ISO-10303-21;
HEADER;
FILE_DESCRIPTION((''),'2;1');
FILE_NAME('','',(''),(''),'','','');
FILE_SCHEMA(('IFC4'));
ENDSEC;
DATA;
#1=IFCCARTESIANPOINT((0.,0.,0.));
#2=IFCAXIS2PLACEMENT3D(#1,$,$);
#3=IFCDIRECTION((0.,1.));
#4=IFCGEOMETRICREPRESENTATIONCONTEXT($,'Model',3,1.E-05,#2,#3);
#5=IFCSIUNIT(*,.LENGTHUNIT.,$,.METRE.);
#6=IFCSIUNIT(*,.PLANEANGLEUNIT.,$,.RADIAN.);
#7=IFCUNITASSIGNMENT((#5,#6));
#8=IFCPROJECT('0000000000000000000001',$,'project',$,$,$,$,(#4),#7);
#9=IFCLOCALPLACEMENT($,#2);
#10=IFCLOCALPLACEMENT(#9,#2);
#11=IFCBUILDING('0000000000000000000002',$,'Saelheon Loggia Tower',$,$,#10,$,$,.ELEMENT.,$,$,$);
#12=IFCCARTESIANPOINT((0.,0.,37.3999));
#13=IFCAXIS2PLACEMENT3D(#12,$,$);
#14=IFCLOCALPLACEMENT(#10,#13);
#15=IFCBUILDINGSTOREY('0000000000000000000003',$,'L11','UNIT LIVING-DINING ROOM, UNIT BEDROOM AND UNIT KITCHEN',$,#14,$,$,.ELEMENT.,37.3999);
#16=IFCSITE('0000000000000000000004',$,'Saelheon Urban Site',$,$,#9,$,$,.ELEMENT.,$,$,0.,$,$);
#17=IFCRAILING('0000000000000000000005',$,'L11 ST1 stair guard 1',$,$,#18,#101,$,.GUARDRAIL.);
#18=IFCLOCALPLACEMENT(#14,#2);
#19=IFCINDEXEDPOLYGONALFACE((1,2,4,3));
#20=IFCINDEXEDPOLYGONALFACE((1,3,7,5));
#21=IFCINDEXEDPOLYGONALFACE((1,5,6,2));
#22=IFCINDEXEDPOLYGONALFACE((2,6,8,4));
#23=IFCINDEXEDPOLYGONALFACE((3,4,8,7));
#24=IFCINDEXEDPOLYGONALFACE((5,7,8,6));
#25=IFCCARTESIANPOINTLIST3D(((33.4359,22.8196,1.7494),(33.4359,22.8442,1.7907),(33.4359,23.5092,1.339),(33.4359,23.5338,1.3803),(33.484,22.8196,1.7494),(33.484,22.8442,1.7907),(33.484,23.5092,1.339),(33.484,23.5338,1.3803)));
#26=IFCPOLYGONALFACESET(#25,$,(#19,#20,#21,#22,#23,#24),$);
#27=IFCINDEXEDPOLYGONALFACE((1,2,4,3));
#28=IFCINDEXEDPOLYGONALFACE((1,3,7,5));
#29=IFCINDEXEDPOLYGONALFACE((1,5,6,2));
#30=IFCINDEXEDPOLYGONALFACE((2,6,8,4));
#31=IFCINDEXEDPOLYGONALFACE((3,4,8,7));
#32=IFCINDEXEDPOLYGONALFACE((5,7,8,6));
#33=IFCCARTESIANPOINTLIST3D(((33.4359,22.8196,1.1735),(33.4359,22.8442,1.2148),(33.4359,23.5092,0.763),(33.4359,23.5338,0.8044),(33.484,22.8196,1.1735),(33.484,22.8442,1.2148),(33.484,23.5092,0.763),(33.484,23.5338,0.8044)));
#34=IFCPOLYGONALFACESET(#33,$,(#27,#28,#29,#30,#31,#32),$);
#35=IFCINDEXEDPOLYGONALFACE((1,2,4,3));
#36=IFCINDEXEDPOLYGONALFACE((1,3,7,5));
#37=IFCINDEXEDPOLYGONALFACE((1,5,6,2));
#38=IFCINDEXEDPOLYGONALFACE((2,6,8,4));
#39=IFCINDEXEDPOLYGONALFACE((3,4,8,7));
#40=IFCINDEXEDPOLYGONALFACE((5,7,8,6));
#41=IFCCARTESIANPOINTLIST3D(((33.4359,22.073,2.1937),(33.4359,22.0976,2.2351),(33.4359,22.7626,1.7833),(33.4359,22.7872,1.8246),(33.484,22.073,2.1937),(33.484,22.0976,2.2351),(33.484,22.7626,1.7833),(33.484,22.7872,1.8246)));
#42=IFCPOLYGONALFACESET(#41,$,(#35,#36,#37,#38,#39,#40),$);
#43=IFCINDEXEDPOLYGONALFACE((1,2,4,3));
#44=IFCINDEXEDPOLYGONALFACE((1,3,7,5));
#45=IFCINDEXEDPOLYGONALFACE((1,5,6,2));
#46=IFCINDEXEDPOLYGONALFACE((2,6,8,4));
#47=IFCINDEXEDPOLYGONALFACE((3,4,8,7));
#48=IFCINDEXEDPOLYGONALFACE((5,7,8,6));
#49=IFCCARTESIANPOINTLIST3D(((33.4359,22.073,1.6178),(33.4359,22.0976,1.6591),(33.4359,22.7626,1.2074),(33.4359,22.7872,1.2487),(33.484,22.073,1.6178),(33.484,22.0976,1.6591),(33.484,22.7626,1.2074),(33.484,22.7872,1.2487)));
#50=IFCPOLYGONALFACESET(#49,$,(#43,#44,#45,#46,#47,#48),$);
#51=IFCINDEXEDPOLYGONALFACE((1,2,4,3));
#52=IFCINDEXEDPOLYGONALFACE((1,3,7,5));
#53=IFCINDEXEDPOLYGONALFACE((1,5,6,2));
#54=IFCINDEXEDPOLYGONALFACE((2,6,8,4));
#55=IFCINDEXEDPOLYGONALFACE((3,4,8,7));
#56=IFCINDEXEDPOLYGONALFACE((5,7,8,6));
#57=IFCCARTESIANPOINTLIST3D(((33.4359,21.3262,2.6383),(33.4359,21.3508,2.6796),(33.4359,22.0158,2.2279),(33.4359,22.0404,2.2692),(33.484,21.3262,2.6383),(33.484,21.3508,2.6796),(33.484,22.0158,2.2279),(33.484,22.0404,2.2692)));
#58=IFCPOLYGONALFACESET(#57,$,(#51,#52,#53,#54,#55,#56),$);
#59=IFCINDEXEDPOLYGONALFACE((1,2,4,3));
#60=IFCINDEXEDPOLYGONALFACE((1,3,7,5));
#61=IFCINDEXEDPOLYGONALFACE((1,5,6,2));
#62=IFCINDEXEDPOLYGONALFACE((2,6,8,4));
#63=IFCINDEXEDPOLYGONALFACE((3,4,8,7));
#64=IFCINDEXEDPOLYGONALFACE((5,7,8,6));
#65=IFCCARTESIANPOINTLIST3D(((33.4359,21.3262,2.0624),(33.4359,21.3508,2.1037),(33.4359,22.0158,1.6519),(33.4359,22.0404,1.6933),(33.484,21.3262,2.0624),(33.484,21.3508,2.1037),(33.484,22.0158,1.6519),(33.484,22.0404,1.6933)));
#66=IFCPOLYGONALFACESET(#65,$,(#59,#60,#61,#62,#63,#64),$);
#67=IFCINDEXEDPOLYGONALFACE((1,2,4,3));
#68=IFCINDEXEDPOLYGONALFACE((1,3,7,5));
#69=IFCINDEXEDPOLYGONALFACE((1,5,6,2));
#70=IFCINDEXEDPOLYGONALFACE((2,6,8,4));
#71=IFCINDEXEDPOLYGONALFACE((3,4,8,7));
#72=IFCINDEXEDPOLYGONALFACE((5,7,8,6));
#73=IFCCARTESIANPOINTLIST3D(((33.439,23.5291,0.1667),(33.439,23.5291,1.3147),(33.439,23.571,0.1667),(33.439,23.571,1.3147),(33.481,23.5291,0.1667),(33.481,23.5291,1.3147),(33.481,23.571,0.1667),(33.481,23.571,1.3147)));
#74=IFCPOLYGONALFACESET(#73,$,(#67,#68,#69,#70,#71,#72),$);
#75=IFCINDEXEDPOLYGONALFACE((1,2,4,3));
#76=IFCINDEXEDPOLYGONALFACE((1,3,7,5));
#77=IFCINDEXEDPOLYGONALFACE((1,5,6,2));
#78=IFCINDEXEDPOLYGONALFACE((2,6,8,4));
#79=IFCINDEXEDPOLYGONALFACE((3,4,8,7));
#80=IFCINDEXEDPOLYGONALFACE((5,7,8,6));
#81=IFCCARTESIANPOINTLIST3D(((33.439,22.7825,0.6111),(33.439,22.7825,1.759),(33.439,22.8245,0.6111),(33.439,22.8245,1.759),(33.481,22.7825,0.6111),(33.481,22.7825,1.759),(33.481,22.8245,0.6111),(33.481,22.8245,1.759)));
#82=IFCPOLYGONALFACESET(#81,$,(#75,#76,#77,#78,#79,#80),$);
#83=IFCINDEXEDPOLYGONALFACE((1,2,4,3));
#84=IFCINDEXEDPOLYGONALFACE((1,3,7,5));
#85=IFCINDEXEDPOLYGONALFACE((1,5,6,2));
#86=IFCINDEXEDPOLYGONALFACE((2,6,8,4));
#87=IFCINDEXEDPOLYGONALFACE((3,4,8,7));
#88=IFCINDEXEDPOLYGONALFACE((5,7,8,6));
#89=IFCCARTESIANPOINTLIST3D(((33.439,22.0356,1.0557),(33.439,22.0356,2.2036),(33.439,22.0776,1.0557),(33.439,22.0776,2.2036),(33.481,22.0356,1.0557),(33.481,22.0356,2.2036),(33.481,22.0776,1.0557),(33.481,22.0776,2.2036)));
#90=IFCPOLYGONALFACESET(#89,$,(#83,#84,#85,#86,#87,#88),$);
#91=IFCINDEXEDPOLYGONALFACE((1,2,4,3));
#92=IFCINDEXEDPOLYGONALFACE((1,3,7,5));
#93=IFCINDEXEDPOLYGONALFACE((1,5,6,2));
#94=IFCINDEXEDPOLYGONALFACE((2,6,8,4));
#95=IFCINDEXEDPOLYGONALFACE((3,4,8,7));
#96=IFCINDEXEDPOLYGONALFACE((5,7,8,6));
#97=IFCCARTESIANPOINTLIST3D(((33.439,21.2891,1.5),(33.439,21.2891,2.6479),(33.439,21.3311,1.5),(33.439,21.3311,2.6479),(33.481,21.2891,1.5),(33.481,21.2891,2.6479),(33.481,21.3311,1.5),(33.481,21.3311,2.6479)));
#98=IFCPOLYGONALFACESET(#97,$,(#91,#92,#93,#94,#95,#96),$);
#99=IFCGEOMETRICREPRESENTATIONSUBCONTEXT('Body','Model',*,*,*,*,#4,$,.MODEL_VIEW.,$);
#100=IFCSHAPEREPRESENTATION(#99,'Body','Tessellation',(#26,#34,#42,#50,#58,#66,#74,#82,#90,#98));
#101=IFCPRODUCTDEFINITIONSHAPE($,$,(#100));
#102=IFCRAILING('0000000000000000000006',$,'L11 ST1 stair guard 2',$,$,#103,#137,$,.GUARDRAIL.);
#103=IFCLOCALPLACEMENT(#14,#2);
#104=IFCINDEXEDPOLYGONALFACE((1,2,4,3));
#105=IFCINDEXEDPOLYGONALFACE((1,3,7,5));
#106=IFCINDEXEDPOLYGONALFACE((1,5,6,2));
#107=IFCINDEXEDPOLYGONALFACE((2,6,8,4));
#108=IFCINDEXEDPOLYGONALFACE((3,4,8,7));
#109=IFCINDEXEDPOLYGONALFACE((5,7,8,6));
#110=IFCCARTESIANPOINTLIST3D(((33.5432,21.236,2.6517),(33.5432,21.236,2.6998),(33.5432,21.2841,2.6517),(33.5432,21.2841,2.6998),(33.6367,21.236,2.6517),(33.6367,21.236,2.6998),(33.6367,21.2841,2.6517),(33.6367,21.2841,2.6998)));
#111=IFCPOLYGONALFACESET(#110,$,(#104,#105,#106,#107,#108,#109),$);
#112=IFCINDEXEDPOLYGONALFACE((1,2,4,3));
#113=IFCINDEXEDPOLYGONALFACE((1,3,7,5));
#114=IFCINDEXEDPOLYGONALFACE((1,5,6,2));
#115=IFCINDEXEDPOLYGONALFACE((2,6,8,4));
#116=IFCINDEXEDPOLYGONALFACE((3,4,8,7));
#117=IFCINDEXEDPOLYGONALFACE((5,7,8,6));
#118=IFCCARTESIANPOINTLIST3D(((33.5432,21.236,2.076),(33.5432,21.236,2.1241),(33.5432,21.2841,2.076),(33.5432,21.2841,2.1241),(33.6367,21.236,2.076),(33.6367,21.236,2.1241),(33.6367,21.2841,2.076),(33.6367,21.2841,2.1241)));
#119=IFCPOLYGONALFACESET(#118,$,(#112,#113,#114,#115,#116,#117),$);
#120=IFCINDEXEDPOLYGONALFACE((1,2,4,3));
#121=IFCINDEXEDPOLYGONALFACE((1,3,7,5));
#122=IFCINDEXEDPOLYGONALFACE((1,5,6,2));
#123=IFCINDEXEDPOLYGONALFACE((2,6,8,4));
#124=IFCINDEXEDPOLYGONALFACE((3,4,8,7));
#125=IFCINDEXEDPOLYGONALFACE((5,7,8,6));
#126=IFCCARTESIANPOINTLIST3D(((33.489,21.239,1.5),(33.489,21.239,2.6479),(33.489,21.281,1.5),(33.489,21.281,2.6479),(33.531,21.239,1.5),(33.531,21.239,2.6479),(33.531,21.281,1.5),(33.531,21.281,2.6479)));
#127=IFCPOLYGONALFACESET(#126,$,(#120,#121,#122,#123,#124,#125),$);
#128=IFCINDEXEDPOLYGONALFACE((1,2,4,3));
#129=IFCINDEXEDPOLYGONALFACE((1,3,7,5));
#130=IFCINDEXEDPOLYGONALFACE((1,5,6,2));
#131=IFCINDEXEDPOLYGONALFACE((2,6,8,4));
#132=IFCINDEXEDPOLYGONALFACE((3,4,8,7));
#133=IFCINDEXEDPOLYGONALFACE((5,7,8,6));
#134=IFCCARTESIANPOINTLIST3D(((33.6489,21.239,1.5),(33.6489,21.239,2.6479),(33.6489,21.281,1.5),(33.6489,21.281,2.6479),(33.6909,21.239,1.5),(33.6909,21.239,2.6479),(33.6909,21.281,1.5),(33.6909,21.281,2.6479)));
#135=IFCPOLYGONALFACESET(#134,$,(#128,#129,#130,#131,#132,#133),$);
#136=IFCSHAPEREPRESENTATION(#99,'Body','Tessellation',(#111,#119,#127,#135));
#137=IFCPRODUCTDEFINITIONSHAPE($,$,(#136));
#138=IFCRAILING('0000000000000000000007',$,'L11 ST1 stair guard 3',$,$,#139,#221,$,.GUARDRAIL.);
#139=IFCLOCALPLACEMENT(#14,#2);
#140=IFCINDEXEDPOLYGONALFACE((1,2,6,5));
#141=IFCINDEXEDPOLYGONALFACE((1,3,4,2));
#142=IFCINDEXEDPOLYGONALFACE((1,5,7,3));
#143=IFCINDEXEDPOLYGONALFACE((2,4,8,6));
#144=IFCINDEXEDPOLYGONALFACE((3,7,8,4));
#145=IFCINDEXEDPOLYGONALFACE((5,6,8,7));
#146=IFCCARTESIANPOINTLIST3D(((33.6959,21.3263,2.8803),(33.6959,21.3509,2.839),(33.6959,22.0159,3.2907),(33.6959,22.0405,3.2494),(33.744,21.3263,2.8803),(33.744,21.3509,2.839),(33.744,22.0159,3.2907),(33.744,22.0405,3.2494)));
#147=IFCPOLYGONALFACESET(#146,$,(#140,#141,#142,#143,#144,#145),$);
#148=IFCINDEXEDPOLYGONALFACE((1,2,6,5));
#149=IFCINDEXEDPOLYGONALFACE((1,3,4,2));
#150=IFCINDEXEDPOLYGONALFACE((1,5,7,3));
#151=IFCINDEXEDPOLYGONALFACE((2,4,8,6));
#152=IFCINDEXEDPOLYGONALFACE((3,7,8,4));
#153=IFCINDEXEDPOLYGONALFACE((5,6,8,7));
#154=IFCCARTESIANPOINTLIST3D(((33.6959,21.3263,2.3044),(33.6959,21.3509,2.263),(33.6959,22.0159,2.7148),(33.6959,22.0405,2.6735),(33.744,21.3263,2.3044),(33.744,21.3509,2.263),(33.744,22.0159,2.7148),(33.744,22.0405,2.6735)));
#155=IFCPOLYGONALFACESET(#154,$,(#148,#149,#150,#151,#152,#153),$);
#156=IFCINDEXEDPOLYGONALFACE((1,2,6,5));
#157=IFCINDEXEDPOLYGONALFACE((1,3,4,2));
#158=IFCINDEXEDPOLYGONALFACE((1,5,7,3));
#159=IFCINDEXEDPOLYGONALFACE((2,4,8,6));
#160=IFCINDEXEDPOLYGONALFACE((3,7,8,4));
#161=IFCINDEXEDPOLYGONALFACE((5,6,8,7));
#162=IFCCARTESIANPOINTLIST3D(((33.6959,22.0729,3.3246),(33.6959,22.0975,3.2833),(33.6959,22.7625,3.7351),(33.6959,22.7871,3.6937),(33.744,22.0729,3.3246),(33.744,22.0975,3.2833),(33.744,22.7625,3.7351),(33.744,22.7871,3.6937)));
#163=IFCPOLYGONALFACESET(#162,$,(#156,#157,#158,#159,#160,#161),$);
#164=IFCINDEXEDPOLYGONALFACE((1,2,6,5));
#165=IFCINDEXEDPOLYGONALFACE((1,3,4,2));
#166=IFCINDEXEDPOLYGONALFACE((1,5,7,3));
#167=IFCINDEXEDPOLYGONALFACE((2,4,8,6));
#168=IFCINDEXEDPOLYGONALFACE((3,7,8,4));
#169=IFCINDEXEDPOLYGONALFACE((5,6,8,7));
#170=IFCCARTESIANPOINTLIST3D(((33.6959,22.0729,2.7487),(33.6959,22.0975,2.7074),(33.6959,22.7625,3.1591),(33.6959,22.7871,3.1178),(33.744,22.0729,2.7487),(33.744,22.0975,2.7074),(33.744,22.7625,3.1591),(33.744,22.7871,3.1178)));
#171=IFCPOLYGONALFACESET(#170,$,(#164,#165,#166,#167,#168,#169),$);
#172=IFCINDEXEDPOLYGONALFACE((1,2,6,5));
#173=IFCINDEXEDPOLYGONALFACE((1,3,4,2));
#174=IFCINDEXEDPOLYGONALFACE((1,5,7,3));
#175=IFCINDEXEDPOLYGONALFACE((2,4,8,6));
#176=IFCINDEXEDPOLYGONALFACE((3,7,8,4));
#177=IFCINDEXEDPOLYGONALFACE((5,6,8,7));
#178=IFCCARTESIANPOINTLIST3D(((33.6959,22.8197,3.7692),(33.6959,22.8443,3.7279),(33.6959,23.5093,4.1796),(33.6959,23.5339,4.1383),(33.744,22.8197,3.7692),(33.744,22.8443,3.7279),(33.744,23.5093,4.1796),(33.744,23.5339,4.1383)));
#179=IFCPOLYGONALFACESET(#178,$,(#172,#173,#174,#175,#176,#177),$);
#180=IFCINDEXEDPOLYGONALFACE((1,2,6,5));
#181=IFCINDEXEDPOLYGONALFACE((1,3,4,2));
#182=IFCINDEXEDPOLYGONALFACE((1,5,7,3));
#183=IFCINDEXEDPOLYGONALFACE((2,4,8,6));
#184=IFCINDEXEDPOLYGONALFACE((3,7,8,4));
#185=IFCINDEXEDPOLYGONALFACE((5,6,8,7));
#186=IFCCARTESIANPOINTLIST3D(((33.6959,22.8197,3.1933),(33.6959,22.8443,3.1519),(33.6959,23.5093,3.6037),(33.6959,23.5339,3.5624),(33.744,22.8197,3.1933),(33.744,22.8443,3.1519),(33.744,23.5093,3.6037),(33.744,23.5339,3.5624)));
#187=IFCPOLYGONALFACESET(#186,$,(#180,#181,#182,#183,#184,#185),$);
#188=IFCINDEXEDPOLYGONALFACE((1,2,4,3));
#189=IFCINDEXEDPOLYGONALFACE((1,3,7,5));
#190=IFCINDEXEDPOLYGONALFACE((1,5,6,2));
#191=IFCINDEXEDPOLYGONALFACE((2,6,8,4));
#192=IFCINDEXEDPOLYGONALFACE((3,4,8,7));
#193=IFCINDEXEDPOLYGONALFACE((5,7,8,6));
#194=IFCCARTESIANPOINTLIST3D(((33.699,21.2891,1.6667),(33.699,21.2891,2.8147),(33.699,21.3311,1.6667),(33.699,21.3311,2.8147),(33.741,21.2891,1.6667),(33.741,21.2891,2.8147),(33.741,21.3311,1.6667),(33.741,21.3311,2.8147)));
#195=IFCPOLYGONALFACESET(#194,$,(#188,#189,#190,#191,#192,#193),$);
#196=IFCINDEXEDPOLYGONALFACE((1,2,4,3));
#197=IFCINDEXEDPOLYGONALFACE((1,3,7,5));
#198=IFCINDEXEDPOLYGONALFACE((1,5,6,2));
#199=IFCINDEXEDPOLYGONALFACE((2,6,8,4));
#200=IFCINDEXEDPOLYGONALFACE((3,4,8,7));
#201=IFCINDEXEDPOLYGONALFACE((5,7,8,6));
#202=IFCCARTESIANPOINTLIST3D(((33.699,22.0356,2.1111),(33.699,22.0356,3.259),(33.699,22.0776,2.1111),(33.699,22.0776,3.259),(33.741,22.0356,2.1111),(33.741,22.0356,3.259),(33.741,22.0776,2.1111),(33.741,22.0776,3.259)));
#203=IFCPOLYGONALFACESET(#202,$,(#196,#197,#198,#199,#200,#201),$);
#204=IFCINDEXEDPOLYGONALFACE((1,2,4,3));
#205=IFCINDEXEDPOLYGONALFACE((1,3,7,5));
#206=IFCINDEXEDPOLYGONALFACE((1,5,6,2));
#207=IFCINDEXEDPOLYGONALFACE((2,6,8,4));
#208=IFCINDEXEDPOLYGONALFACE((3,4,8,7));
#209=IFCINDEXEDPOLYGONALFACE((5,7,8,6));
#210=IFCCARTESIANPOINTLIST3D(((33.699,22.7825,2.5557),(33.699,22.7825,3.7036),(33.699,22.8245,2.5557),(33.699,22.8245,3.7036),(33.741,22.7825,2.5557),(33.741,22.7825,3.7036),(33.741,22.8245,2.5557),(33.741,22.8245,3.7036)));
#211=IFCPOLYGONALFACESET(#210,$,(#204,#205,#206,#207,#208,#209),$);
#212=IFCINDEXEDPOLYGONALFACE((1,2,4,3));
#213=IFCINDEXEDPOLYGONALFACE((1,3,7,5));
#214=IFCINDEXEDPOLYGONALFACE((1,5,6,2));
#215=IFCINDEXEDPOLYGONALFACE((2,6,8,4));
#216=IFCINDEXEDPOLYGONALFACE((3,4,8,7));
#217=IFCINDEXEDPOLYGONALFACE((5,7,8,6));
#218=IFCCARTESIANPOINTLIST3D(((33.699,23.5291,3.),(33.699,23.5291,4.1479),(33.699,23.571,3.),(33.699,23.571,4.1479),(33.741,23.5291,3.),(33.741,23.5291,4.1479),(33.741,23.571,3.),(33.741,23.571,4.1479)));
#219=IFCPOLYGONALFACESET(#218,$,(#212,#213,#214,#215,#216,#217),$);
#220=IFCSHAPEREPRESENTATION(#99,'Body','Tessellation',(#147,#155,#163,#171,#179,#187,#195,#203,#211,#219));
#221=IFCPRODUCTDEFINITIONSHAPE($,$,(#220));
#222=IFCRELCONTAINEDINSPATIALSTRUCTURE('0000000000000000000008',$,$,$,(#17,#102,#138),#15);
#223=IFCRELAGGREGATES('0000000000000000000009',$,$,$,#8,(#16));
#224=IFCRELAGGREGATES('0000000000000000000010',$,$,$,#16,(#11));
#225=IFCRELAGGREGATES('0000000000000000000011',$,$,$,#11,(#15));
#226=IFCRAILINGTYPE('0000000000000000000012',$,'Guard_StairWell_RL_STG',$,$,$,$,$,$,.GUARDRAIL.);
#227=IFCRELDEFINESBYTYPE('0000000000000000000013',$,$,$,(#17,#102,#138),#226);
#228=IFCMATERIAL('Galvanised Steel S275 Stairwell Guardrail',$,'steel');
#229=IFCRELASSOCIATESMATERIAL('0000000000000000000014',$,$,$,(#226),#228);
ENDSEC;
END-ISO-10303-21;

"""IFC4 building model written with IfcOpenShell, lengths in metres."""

from ifc_helpers import new_model, si_unit, direction, frame, origin, origin_2d, place, context, subcontext, project, spatial, rectangle, extrude, material, type_object, element, save


model = new_model("IFC4")

# Units and contexts
model_context = context("Model", 3, precision=1e-05, world=origin(), true_north=direction((0.0, 1.0)))
body_context = subcontext(model_context, "Body", "Model", "MODEL_VIEW")
ifc_project = project(units=[si_unit("LENGTHUNIT", "METRE"), si_unit("PLANEANGLEUNIT", "RADIAN")], contexts=[model_context])

# Site, building, storey
site_placement = place(None, origin())
site = spatial("IfcSite", under=ifc_project, at=site_placement, Name="Saelheon Urban Site", CompositionType="ELEMENT", RefElevation=0.0)
building_placement = place(site_placement, origin())
building = spatial("IfcBuilding", under=site, at=building_placement, Name="Saelheon Loggia Tower", CompositionType="ELEMENT")
storey_placement = place(building_placement, frame((0.0, 0.0, 37.3999)))
storey = spatial("IfcBuildingStorey", under=building, at=storey_placement, Name="L11", Description="UNIT LIVING-DINING ROOM, UNIT BEDROOM AND UNIT KITCHEN", CompositionType="ELEMENT", Elevation=37.3999)

# Railings
ifc_material_1 = material(Name="Galvanised Steel S275 Stairwell Guardrail", Category="steel")
railing_type_1 = type_object("IfcRailingType", Name="Guard_StairWell_RL_STG", PredefinedType="GUARDRAIL", material=ifc_material_1)
railing_1_placement = place(storey_placement, frame((33.46, 23.55, 0.1667)))
element("IfcRailing", 1, at=railing_1_placement, inside=storey, type_object=railing_type_1, Name="L11 ST1 stair guard 1", PredefinedType="GUARDRAIL", context=body_context, shape_type="SweptSolid", body=[
    extrude(rectangle(XDim=0.0481, YDim=0.0481, at=origin_2d()), frame((0.0, -0.0286, 1.1929), z_axis=(0.0, -0.859306, 0.511462), x_axis=(1.0, 0.0, 0.0)), (0.0, 0.0, 1.0), 0.8025),
    extrude(rectangle(XDim=0.0481, YDim=0.0481, at=origin_2d()), frame((0.0, -0.0286, 0.6169), z_axis=(0.0, -0.859306, 0.511462), x_axis=(1.0, 0.0, 0.0)), (0.0, 0.0, 1.0), 0.8025),
    extrude(rectangle(XDim=0.0481, YDim=0.0481, at=origin_2d()), frame((0.0, -0.7751, 1.6372), z_axis=(0.0, -0.859306, 0.511462), x_axis=(1.0, 0.0, 0.0)), (0.0, 0.0, 1.0), 0.8025),
    extrude(rectangle(XDim=0.0481, YDim=0.0481, at=origin_2d()), frame((0.0, -0.7751, 1.0613), z_axis=(0.0, -0.859306, 0.511462), x_axis=(1.0, 0.0, 0.0)), (0.0, 0.0, 1.0), 0.8025),
    extrude(rectangle(XDim=0.0481, YDim=0.0481, at=origin_2d()), frame((0.0, -1.522, 2.0818), z_axis=(0.0, -0.859306, 0.511462), x_axis=(1.0, 0.0, 0.0)), (0.0, 0.0, 1.0), 0.8025),
    extrude(rectangle(XDim=0.0481, YDim=0.0481, at=origin_2d()), frame((0.0, -1.522, 1.5059), z_axis=(0.0, -0.859306, 0.511462), x_axis=(1.0, 0.0, 0.0)), (0.0, 0.0, 1.0), 0.8025),
    extrude(rectangle(XDim=0.042, YDim=0.042, at=origin_2d()), origin(), (0.0, 0.0, 1.0), 1.1479),
    extrude(rectangle(XDim=0.042, YDim=0.042, at=origin_2d()), frame((0.0, -0.7466, 0.4443)), (0.0, 0.0, 1.0), 1.1479),
    extrude(rectangle(XDim=0.042, YDim=0.042, at=origin_2d()), frame((0.0, -1.4934, 0.8889)), (0.0, 0.0, 1.0), 1.1479),
    extrude(rectangle(XDim=0.042, YDim=0.042, at=origin_2d()), frame((0.0, -2.24, 1.3333)), (0.0, 0.0, 1.0), 1.1479),
])
railing_2_placement = place(storey_placement, frame((33.51, 21.26, 1.5)))
element("IfcRailing", 2, at=railing_2_placement, inside=storey, type_object=railing_type_1, Name="L11 ST1 stair guard 2", PredefinedType="GUARDRAIL", context=body_context, shape_type="SweptSolid", body=[
    extrude(rectangle(XDim=0.0481, YDim=0.0481, at=origin_2d()), frame((0.0332, 0.0, 1.1758), z_axis=(1.0, 0.0, 0.0), x_axis=(0.0, 1.0, 0.0)), (0.0, 0.0, 1.0), 0.0935),
    extrude(rectangle(XDim=0.0481, YDim=0.0481, at=origin_2d()), frame((0.0332, 0.0, 0.6001), z_axis=(1.0, 0.0, 0.0), x_axis=(0.0, 1.0, 0.0)), (0.0, 0.0, 1.0), 0.0935),
    extrude(rectangle(XDim=0.042, YDim=0.042, at=origin_2d()), origin(), (0.0, 0.0, 1.0), 1.1479),
    extrude(rectangle(XDim=0.042, YDim=0.042, at=origin_2d()), frame((0.1599, 0.0, 0.0)), (0.0, 0.0, 1.0), 1.1479),
])
railing_3_placement = place(storey_placement, frame((33.72, 21.3101, 1.6667)))
element("IfcRailing", 3, at=railing_3_placement, inside=storey, type_object=railing_type_1, Name="L11 ST1 stair guard 3", PredefinedType="GUARDRAIL", context=body_context, shape_type="SweptSolid", body=[
    extrude(rectangle(XDim=0.0481, YDim=0.0481, at=origin_2d()), frame((0.0, 0.0286, 1.1929), z_axis=(0.0, 0.859306, 0.511462), x_axis=(-1.0, 0.0, 0.0)), (0.0, 0.0, 1.0), 0.8025),
    extrude(rectangle(XDim=0.0481, YDim=0.0481, at=origin_2d()), frame((0.0, 0.0286, 0.6169), z_axis=(0.0, 0.859306, 0.511462), x_axis=(-1.0, 0.0, 0.0)), (0.0, 0.0, 1.0), 0.8025),
    extrude(rectangle(XDim=0.0481, YDim=0.0481, at=origin_2d()), frame((0.0, 0.7751, 1.6372), z_axis=(0.0, 0.859306, 0.511462), x_axis=(-1.0, 0.0, 0.0)), (0.0, 0.0, 1.0), 0.8025),
    extrude(rectangle(XDim=0.0481, YDim=0.0481, at=origin_2d()), frame((0.0, 0.7751, 1.0613), z_axis=(0.0, 0.859306, 0.511462), x_axis=(-1.0, 0.0, 0.0)), (0.0, 0.0, 1.0), 0.8025),
    extrude(rectangle(XDim=0.0481, YDim=0.0481, at=origin_2d()), frame((0.0, 1.522, 2.0818), z_axis=(0.0, 0.859306, 0.511462), x_axis=(-1.0, 0.0, 0.0)), (0.0, 0.0, 1.0), 0.8025),
    extrude(rectangle(XDim=0.0481, YDim=0.0481, at=origin_2d()), frame((0.0, 1.522, 1.5059), z_axis=(0.0, 0.859306, 0.511462), x_axis=(-1.0, 0.0, 0.0)), (0.0, 0.0, 1.0), 0.8025),
    extrude(rectangle(XDim=0.042, YDim=0.042, at=origin_2d()), origin(), (0.0, 0.0, 1.0), 1.1479),
    extrude(rectangle(XDim=0.042, YDim=0.042, at=origin_2d()), frame((0.0, 0.7466, 0.4443)), (0.0, 0.0, 1.0), 1.1479),
    extrude(rectangle(XDim=0.042, YDim=0.042, at=origin_2d()), frame((0.0, 1.4934, 0.8889)), (0.0, 0.0, 1.0), 1.1479),
    extrude(rectangle(XDim=0.042, YDim=0.042, at=origin_2d()), frame((0.0, 2.24, 1.3333)), (0.0, 0.0, 1.0), 1.1479),
])

save(model, "model.ifc")
